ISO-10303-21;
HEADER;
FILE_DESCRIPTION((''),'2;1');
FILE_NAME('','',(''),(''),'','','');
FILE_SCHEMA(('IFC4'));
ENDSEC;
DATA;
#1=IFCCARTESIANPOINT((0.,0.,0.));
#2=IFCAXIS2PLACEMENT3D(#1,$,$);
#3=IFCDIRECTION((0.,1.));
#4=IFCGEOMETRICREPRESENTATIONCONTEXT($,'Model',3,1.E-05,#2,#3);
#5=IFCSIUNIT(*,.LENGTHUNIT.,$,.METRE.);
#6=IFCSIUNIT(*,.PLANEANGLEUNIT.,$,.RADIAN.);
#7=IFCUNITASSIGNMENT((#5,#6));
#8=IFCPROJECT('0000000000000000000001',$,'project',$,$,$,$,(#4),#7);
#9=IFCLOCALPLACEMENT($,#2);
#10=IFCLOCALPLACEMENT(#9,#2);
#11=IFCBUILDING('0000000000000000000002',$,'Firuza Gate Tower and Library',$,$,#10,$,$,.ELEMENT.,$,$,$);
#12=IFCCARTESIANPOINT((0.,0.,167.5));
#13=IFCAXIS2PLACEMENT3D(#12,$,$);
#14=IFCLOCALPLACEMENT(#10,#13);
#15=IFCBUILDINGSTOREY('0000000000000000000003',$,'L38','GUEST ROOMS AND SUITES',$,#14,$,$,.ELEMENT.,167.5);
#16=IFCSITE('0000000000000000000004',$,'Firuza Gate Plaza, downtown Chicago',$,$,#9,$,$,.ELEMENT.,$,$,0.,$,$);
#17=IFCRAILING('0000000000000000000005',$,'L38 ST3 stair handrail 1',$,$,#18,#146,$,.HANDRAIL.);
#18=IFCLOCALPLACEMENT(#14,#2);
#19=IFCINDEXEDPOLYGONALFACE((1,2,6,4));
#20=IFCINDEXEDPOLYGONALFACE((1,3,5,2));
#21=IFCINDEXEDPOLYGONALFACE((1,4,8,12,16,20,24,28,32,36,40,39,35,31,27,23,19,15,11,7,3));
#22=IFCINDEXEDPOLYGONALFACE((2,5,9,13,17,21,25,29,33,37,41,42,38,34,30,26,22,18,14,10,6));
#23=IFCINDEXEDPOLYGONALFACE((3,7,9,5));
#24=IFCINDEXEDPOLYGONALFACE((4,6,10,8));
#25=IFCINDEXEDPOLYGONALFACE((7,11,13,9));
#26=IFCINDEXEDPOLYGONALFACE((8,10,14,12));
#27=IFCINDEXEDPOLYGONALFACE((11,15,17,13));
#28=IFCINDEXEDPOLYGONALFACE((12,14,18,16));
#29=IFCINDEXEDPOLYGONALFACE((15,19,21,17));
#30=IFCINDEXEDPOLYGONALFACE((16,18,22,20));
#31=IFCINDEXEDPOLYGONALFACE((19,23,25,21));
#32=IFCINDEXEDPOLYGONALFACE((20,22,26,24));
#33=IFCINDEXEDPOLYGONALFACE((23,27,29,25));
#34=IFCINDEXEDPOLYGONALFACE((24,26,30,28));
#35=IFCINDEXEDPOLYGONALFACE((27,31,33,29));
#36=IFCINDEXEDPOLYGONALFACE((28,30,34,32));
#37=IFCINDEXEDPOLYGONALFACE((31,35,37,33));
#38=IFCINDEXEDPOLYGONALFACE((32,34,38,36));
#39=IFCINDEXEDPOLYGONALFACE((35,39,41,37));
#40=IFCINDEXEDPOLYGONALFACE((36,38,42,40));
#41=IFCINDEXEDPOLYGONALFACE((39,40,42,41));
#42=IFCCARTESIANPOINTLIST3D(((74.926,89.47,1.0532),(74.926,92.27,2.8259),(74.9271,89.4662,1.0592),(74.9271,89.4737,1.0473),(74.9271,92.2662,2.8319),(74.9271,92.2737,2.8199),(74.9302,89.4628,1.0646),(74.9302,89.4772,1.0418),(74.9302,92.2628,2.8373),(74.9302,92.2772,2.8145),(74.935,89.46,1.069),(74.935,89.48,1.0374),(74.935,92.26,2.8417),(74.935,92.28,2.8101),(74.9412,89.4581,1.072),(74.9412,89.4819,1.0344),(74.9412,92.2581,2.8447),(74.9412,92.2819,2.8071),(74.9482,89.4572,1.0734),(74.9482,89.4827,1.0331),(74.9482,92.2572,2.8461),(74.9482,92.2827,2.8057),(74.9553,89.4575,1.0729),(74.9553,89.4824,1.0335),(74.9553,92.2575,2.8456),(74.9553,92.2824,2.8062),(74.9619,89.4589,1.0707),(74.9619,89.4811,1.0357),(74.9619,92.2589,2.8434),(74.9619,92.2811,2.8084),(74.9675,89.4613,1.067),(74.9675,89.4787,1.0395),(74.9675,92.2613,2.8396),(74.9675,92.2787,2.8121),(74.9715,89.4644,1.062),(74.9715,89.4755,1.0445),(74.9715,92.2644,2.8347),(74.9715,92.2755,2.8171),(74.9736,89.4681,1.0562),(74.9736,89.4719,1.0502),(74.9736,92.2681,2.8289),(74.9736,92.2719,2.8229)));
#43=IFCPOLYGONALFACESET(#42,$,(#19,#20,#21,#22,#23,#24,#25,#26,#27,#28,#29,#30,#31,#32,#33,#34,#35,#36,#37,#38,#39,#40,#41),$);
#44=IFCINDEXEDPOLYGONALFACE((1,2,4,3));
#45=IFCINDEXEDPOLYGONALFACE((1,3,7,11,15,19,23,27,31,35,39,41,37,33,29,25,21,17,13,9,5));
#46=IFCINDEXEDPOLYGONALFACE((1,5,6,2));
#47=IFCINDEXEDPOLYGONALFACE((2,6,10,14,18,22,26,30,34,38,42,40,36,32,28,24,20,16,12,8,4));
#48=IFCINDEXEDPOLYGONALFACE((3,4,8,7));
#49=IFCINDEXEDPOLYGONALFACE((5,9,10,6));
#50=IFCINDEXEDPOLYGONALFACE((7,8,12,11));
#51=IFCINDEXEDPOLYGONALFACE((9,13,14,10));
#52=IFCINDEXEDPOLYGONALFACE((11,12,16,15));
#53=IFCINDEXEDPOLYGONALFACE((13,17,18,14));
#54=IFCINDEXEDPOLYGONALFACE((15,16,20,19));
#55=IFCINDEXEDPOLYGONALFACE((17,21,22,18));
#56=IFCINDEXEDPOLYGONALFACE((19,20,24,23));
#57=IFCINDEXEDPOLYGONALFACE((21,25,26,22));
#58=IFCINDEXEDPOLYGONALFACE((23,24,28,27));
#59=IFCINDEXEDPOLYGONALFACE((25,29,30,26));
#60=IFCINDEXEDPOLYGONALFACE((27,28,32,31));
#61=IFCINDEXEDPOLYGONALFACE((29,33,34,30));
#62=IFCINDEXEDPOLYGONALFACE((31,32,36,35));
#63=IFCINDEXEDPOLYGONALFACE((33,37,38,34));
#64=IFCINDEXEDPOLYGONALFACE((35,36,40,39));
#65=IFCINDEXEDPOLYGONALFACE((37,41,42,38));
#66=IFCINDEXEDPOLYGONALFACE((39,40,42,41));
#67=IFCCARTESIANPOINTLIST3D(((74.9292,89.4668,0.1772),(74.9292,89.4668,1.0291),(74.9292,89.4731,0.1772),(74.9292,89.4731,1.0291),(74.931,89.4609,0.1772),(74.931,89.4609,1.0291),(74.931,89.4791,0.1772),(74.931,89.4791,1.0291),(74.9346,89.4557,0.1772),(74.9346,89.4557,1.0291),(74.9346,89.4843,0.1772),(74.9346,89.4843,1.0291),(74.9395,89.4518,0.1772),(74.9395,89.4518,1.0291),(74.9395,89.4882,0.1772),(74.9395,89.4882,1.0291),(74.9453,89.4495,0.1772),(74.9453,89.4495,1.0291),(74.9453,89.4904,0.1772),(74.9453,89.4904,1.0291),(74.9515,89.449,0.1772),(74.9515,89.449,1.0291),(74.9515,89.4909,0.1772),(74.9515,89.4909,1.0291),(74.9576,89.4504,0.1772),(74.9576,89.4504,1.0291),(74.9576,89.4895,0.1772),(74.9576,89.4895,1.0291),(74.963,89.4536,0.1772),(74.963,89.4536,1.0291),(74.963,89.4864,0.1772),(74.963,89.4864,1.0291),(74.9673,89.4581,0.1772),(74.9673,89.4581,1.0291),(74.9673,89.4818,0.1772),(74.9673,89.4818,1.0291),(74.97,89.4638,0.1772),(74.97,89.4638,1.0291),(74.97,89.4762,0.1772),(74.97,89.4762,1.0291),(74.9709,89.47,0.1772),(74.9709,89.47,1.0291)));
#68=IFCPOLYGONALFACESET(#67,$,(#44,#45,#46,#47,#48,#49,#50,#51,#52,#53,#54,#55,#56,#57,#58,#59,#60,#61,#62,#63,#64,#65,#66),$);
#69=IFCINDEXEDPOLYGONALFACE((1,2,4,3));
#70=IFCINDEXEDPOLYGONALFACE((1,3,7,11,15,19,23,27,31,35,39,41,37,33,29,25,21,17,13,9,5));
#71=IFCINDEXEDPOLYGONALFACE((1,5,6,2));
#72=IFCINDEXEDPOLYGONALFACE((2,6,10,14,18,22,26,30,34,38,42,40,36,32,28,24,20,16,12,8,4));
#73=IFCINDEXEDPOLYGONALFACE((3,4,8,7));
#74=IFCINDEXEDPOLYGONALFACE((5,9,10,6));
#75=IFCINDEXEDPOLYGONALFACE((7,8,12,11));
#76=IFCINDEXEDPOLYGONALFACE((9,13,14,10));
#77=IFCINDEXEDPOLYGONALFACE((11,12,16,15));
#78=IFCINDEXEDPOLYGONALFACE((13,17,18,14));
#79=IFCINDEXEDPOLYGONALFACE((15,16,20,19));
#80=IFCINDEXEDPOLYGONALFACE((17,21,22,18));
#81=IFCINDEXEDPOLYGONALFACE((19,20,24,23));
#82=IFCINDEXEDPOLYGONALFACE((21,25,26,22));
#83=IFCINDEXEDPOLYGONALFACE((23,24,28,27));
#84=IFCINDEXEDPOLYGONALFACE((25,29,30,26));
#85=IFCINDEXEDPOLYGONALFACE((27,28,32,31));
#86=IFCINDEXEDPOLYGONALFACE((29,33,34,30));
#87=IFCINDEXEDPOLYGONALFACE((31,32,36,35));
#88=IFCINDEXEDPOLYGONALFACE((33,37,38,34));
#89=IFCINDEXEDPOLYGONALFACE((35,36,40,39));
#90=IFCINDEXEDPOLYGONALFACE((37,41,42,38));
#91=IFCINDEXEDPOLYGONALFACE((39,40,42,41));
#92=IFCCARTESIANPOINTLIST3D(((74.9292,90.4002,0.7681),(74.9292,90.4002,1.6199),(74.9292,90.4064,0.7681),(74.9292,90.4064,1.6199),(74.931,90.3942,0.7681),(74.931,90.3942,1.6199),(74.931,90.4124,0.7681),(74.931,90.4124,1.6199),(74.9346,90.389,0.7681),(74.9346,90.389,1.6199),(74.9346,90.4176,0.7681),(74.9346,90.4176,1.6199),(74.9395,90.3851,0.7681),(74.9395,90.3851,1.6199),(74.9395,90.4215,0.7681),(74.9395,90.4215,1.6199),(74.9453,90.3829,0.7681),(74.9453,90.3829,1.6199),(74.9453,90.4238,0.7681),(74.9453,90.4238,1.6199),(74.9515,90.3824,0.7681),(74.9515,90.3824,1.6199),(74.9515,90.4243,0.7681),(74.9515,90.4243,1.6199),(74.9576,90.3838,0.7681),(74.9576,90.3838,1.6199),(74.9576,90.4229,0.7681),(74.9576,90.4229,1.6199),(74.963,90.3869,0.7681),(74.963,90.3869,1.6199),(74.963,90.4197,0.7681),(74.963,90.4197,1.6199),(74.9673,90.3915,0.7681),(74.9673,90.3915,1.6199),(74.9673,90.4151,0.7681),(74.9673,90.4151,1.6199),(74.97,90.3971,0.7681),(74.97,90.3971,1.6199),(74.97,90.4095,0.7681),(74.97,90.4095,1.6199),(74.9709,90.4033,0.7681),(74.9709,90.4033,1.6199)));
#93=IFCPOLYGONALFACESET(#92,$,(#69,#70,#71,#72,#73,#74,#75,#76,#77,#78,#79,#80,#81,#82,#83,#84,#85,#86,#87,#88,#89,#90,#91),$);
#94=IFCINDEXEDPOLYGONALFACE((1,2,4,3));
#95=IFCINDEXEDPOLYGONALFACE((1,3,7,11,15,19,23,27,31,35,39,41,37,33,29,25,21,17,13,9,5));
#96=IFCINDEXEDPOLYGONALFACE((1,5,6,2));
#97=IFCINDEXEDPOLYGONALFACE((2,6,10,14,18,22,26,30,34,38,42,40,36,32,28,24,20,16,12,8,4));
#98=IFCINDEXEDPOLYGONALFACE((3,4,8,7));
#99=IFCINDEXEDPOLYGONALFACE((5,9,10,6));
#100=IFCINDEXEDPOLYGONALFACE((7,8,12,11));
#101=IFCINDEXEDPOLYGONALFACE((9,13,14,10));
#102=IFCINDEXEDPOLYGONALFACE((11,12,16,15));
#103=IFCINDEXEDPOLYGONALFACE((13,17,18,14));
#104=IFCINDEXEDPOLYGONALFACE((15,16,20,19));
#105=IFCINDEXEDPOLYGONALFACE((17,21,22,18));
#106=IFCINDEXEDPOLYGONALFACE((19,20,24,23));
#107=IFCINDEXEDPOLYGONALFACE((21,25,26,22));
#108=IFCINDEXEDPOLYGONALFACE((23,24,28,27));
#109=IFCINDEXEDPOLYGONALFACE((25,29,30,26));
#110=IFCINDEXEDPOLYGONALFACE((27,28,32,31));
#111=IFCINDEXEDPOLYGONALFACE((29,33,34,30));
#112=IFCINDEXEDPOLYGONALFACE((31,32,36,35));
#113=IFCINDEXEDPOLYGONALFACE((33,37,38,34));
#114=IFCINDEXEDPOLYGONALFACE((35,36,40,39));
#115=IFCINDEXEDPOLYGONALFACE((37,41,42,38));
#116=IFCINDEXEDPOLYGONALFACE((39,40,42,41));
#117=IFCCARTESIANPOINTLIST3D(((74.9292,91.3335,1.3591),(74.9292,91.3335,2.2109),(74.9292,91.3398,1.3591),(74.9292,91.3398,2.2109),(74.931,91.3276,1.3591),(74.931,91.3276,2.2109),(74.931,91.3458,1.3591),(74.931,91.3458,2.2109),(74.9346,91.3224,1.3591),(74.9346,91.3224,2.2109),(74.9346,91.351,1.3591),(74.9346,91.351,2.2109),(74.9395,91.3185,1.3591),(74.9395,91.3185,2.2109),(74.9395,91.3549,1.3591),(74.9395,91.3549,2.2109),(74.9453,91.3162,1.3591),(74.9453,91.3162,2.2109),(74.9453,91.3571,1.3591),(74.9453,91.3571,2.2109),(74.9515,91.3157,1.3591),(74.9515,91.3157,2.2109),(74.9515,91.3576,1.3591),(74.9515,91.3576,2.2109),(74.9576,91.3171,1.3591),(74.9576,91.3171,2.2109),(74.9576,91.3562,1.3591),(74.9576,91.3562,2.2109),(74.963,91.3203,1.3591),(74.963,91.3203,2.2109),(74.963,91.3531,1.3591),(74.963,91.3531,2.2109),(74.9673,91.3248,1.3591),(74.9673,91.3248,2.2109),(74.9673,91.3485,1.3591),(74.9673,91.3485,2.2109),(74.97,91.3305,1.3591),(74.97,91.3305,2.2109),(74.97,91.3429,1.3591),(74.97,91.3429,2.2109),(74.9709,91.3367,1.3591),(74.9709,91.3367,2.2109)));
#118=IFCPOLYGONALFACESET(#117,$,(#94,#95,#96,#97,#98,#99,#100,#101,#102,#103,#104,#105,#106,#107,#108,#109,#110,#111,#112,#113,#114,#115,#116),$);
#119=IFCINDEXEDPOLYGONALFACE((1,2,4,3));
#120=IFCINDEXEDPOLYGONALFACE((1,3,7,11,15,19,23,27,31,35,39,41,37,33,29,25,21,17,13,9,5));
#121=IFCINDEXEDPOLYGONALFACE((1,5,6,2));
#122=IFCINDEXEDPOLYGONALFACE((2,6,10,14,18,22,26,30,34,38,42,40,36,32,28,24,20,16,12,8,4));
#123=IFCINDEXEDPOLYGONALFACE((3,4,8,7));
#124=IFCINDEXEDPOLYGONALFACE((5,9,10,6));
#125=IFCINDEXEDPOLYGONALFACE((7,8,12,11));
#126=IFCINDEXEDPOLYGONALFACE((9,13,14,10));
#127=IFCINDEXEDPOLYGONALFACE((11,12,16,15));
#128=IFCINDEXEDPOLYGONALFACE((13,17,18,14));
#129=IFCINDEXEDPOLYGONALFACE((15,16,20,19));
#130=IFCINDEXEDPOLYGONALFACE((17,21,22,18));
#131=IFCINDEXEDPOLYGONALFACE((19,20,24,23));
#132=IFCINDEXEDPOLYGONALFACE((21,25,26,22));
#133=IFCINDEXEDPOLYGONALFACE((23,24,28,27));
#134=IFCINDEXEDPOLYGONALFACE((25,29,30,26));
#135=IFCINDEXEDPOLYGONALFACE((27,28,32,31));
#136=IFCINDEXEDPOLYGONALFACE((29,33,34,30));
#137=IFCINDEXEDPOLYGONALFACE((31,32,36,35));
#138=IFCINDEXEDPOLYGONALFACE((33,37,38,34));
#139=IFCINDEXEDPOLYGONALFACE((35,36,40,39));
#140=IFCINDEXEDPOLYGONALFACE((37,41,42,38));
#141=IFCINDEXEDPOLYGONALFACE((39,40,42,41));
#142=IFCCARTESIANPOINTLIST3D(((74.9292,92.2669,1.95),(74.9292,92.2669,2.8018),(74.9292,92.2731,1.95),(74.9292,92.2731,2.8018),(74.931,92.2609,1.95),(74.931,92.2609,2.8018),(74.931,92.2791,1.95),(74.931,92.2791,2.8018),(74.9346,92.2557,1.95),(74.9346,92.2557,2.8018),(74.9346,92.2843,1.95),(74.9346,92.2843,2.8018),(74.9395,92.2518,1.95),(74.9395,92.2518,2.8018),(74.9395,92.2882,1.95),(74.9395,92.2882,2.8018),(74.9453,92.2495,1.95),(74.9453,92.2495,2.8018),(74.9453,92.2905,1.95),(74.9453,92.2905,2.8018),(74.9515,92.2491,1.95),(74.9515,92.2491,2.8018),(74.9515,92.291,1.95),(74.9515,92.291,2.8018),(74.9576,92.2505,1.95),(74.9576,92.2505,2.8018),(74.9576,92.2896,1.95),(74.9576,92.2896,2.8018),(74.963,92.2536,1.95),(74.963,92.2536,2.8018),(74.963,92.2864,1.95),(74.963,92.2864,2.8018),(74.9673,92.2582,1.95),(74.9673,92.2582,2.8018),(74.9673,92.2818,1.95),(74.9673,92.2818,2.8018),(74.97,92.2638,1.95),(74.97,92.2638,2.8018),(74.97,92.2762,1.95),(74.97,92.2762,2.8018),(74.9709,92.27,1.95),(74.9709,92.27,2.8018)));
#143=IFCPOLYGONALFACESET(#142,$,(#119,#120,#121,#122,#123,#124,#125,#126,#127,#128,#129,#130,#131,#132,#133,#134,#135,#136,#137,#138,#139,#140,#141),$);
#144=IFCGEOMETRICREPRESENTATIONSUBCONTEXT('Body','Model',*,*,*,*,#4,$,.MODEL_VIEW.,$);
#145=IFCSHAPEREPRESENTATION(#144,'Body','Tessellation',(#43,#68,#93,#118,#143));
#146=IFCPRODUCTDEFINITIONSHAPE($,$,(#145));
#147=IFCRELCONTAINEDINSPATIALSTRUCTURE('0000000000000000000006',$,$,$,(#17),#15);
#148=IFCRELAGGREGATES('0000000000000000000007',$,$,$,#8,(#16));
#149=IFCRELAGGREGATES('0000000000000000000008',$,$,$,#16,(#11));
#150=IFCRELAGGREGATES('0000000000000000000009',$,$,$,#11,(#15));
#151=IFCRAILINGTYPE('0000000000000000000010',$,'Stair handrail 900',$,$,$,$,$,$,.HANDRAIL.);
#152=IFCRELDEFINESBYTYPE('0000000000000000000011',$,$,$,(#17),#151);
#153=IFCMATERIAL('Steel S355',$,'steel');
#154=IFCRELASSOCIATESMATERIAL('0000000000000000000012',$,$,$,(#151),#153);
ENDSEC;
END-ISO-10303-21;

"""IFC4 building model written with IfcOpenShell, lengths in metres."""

from ifc_helpers import new_model, si_unit, direction, frame, origin, origin_2d, place, context, subcontext, project, spatial, circle, extrude, material, type_object, element, save


model = new_model("IFC4")

# Units and contexts
model_context = context("Model", 3, precision=1e-05, world=origin(), true_north=direction((0.0, 1.0)))
body_context = subcontext(model_context, "Body", "Model", "MODEL_VIEW")
ifc_project = project(units=[si_unit("LENGTHUNIT", "METRE"), si_unit("PLANEANGLEUNIT", "RADIAN")], contexts=[model_context])

# Site, building, storey
site_placement = place(None, origin())
site = spatial("IfcSite", under=ifc_project, at=site_placement, Name="Firuza Gate Plaza, downtown Chicago", CompositionType="ELEMENT", RefElevation=0.0)
building_placement = place(site_placement, origin())
building = spatial("IfcBuilding", under=site, at=building_placement, Name="Firuza Gate Tower and Library", CompositionType="ELEMENT")
storey_placement = place(building_placement, frame((0.0, 0.0, 167.5)))
storey = spatial("IfcBuildingStorey", under=building, at=storey_placement, Name="L38", Description="GUEST ROOMS AND SUITES", CompositionType="ELEMENT", Elevation=167.5)

# Railing
ifc_material_1 = material(Name="Steel S355", Category="steel")
railing_type_1 = type_object("IfcRailingType", Name="Stair handrail 900", PredefinedType="HANDRAIL", material=ifc_material_1)
railing_1_placement = place(storey_placement, frame((74.95, 89.47, 0.1772)))
element("IfcRailing", 1, at=railing_1_placement, inside=storey, type_object=railing_type_1, Name="L38 ST3 stair handrail 1", PredefinedType="HANDRAIL", context=body_context, shape_type="SweptSolid", body=[
    extrude(circle(Radius=0.0239, at=origin_2d()), frame((0.0, 0.0, 0.876), z_axis=(0.0, 0.844909, 0.53491), x_axis=(-1.0, 0.0, 0.0)), (0.0, 0.0, 1.0), 3.314),
    extrude(circle(Radius=0.021, at=origin_2d()), origin(), (0.0, 0.0, 1.0), 0.8518),
    extrude(circle(Radius=0.021, at=origin_2d()), frame((0.0, 0.9333, 0.5908)), (0.0, 0.0, 1.0), 0.8518),
    extrude(circle(Radius=0.021, at=origin_2d()), frame((0.0, 1.8667, 1.1819)), (0.0, 0.0, 1.0), 0.8518),
    extrude(circle(Radius=0.021, at=origin_2d()), frame((0.0, 2.8, 1.7727)), (0.0, 0.0, 1.0), 0.8518),
])

save(model, "model.ifc")
